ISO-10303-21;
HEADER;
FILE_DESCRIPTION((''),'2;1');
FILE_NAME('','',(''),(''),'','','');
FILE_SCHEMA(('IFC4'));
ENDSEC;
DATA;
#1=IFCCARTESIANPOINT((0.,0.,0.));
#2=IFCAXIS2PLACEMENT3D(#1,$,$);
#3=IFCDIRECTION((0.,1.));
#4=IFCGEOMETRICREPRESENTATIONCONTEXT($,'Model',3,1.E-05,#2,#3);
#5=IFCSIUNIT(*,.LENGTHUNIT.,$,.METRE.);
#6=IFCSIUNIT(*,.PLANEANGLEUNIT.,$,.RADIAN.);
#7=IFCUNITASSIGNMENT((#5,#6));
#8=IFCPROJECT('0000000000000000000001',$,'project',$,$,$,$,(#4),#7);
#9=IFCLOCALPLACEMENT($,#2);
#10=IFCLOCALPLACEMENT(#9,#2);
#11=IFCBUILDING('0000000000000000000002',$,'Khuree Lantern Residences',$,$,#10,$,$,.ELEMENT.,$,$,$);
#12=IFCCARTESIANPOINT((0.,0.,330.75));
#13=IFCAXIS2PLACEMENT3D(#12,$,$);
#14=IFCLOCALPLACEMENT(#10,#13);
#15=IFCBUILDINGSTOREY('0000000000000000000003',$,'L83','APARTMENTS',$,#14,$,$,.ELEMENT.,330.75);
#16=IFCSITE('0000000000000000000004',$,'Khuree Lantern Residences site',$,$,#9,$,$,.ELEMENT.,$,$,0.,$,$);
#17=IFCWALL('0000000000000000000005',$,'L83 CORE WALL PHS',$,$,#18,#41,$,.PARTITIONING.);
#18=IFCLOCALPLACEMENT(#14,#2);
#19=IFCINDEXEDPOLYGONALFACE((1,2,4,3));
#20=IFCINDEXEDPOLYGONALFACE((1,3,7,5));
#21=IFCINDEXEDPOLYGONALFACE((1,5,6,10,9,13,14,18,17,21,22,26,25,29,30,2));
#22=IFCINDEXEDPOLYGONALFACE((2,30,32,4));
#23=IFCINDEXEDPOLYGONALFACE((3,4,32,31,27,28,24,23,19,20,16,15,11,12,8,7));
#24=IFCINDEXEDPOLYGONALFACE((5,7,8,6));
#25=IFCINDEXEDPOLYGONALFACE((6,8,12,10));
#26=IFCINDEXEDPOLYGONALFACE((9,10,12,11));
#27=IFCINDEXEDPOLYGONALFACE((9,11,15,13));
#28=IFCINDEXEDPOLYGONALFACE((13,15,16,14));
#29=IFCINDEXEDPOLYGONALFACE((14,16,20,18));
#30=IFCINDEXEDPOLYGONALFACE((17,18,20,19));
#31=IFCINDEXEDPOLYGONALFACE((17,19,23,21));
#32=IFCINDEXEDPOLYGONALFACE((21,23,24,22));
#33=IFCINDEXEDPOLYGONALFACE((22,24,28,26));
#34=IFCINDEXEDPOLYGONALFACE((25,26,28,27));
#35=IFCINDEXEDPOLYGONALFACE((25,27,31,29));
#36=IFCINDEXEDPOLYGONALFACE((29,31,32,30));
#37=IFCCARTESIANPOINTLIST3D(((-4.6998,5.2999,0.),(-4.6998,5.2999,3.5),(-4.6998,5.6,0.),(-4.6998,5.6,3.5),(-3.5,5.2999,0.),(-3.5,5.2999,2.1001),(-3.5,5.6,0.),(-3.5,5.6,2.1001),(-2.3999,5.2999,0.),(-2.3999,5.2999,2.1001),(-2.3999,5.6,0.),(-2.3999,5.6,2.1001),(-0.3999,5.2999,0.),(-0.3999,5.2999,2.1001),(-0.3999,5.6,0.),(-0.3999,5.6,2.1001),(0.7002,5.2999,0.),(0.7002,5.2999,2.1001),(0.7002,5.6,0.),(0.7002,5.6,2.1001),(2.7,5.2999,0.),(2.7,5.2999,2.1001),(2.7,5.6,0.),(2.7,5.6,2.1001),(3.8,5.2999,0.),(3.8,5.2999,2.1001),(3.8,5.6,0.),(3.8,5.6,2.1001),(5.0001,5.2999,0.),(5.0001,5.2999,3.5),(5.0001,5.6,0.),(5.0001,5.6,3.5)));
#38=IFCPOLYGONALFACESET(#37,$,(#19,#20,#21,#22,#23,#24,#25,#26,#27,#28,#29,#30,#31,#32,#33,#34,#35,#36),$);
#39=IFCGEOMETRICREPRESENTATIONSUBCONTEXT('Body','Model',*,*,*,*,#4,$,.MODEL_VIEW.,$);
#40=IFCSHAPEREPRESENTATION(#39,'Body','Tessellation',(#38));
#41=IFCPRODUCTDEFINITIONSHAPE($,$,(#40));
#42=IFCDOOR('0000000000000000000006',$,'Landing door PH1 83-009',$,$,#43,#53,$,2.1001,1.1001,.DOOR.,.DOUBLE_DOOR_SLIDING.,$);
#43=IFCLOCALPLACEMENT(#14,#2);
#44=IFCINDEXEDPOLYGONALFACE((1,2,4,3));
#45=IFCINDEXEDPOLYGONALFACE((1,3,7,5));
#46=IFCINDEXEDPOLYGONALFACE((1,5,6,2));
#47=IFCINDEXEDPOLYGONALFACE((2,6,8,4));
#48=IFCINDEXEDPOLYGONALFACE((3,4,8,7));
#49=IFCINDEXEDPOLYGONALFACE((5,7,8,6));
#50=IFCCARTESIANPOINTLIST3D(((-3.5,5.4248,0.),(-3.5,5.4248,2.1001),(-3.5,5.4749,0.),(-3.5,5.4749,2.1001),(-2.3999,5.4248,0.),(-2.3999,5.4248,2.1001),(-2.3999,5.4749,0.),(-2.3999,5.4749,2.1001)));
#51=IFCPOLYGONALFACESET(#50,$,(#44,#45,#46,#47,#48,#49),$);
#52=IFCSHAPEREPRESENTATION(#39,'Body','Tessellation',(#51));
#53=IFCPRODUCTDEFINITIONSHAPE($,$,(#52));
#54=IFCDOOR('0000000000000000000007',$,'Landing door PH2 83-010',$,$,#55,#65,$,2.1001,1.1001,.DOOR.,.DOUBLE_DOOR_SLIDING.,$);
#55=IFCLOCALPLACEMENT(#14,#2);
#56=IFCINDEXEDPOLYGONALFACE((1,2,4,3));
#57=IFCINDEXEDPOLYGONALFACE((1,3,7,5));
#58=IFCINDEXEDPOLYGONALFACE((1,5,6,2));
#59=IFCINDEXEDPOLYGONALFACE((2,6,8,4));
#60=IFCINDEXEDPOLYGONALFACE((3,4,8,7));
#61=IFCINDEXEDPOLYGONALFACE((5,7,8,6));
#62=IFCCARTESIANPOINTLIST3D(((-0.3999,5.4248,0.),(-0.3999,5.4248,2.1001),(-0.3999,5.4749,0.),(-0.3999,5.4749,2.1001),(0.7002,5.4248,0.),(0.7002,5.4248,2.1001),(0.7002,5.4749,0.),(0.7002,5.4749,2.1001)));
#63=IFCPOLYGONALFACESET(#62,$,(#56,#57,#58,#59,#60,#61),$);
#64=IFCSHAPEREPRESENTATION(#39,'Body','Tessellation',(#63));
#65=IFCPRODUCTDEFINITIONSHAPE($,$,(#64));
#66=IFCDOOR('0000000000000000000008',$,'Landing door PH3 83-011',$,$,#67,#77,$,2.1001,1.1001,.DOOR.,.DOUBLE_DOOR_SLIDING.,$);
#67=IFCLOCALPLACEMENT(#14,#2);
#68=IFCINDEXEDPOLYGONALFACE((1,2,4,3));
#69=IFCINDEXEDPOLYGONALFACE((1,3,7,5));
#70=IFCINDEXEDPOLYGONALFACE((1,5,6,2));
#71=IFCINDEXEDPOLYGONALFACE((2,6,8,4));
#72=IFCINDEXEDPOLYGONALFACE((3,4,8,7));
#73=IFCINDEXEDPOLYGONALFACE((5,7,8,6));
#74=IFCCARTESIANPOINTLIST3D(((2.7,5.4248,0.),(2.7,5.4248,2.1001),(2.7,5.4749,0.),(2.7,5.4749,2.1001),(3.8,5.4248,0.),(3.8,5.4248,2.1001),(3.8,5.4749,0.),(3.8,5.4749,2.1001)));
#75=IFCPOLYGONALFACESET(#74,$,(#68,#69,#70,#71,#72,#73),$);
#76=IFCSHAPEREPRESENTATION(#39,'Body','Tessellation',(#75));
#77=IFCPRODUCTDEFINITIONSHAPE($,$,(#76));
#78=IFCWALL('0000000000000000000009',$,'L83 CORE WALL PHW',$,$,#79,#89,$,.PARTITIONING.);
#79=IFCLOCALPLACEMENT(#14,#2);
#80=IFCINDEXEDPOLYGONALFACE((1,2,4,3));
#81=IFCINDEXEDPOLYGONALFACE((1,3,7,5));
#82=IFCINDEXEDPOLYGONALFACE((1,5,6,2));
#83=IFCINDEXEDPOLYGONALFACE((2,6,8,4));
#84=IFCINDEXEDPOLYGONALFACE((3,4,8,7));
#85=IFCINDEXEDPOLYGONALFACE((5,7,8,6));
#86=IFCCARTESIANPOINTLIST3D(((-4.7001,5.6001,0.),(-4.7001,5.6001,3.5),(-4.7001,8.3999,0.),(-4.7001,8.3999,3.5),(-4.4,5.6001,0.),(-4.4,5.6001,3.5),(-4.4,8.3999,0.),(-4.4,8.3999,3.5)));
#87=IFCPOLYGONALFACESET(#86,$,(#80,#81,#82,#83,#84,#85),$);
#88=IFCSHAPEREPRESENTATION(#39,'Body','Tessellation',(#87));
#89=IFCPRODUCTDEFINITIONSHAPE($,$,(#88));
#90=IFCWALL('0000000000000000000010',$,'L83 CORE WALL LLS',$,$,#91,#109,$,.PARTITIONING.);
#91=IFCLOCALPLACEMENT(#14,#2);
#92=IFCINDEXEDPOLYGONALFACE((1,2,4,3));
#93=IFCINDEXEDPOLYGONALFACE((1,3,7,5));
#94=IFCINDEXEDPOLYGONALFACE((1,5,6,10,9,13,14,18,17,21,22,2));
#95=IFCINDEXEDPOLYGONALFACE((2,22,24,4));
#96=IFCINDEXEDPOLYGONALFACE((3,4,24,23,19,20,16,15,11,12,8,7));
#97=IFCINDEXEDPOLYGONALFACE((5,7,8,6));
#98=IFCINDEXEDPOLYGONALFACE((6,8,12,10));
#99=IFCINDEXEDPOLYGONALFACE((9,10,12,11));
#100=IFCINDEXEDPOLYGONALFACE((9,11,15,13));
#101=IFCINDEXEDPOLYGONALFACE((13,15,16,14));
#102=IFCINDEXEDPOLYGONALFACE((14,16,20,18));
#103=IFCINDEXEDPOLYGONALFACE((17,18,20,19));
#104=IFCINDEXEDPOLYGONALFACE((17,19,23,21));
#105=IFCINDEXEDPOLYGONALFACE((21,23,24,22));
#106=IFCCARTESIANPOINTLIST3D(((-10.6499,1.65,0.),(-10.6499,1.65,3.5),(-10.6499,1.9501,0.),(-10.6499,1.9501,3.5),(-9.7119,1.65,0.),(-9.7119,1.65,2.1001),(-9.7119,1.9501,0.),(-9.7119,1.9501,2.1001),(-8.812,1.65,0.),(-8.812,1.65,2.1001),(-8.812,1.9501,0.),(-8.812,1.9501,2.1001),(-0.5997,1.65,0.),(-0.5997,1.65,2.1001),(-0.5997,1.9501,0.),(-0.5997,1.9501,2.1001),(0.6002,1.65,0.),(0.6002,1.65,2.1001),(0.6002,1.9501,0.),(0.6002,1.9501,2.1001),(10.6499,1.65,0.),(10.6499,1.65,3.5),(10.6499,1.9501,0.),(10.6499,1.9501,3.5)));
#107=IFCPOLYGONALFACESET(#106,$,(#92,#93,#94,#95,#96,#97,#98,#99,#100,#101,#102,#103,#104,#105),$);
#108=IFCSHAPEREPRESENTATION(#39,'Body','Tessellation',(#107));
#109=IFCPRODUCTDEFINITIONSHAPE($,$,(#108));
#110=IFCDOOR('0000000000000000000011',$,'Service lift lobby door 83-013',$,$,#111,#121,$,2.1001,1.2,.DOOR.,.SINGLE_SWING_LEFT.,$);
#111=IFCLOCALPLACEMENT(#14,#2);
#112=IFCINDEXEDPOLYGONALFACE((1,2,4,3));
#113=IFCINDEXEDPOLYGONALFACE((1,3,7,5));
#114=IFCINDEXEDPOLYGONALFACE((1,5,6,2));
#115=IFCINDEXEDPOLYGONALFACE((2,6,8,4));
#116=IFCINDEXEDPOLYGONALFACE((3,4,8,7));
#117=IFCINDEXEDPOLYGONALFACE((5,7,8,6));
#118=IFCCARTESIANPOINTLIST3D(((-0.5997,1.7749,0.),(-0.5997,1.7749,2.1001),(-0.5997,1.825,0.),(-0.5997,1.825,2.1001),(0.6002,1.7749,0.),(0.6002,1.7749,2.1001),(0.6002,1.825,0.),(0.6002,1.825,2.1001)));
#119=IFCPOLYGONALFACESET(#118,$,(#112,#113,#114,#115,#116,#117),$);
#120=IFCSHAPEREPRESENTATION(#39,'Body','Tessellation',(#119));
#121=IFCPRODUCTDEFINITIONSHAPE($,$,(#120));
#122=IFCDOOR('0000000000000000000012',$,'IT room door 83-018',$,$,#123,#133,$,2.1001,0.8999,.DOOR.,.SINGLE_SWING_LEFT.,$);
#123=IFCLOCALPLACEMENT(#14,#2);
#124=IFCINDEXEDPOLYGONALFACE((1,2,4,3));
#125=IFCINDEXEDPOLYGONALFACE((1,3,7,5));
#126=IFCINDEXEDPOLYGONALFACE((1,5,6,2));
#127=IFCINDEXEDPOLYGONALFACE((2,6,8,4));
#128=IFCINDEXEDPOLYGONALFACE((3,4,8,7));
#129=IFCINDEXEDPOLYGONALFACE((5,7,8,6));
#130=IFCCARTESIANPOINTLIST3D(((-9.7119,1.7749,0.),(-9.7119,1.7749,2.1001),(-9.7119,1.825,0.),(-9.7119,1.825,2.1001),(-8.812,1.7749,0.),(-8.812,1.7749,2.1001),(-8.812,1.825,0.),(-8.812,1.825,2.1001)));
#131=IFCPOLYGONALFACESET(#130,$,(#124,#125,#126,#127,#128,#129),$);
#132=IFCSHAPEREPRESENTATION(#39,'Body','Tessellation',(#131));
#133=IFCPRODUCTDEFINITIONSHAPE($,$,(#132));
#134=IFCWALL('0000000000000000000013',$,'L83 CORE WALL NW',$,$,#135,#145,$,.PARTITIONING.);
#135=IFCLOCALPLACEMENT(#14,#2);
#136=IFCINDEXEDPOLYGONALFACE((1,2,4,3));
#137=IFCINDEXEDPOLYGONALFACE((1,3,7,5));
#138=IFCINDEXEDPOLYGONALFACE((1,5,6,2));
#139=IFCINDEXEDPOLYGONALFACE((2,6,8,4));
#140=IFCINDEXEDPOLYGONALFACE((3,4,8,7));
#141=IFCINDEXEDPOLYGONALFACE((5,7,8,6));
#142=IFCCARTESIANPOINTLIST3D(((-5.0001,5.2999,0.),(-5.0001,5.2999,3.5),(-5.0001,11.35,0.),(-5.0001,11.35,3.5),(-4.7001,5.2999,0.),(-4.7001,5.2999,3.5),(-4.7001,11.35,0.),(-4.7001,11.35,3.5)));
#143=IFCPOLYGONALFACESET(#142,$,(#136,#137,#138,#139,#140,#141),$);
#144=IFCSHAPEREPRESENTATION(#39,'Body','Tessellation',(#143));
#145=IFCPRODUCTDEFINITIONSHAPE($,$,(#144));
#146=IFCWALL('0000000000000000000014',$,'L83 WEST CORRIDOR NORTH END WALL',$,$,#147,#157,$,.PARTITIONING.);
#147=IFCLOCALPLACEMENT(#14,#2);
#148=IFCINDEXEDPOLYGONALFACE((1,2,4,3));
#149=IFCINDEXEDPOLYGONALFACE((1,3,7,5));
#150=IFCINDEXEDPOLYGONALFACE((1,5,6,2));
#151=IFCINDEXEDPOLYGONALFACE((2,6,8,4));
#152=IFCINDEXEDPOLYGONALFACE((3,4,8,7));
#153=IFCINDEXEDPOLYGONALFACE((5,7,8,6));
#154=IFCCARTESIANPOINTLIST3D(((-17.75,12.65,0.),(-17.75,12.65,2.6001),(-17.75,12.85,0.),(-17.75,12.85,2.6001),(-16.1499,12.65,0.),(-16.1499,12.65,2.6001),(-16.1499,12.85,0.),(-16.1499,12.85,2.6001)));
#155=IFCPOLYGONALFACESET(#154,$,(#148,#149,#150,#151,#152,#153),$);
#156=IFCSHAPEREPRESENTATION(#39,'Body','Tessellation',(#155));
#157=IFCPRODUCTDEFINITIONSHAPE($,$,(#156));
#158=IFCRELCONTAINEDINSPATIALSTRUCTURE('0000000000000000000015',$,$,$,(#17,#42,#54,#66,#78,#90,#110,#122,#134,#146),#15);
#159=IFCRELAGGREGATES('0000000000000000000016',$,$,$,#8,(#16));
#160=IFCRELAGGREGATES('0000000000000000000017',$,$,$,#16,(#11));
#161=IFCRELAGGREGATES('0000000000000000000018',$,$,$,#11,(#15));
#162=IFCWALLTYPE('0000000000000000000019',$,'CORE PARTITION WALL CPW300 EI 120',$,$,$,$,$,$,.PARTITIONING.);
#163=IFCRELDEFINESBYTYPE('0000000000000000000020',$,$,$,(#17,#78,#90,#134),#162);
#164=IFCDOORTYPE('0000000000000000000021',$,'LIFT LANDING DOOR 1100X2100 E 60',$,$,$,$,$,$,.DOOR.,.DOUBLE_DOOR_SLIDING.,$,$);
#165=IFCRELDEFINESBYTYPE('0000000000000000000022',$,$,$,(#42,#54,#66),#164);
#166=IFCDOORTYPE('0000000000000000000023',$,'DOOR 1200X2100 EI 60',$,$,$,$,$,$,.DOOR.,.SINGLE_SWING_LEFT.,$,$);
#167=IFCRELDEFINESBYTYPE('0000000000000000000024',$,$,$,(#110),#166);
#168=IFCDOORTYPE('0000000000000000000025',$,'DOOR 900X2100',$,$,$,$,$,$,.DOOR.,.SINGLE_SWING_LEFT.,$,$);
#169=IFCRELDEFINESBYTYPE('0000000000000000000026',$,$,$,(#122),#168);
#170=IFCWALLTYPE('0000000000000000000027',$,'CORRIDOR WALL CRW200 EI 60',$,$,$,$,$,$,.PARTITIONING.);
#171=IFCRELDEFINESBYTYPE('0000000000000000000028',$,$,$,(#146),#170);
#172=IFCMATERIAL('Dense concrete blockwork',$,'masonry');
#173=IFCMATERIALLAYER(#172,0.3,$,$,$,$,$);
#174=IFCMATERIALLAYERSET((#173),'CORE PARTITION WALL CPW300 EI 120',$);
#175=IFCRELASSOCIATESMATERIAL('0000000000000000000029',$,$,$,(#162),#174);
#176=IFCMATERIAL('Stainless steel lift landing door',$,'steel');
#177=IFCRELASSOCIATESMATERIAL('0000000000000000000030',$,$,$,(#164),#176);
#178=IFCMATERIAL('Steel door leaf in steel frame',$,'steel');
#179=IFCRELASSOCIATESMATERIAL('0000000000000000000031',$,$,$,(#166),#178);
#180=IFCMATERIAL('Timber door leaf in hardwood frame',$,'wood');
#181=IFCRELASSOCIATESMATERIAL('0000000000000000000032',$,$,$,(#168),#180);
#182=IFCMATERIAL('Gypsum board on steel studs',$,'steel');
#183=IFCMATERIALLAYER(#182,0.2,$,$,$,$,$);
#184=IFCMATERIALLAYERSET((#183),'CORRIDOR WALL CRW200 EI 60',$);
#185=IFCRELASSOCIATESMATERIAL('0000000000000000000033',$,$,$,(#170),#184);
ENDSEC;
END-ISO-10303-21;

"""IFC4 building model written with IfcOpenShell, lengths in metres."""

from ifc_helpers import new_model, si_unit, direction, frame, frame_2d, origin, place, context, subcontext, project, spatial, rectangle, extrude, material, layer, layer_set, type_object, element, fill, save


model = new_model("IFC4")

# Units and contexts
model_context = context("Model", 3, precision=1e-05, world=origin(), true_north=direction((0.0, 1.0)))
body_context = subcontext(model_context, "Body", "Model", "MODEL_VIEW")
ifc_project = project(units=[si_unit("LENGTHUNIT", "METRE"), si_unit("PLANEANGLEUNIT", "RADIAN")], contexts=[model_context])

# Site, building, storey
site_placement = place(None, origin())
site = spatial("IfcSite", under=ifc_project, at=site_placement, Name="Khuree Lantern Residences site", CompositionType="ELEMENT", RefElevation=0.0)
building_placement = place(site_placement, origin())
building = spatial("IfcBuilding", under=site, at=building_placement, Name="Khuree Lantern Residences", CompositionType="ELEMENT")
storey_placement = place(building_placement, frame((0.0, 0.0, 330.75)))
storey = spatial("IfcBuildingStorey", under=building, at=storey_placement, Name="L83", Description="APARTMENTS", CompositionType="ELEMENT", Elevation=330.75)

# Wall, openings, doors
ifc_material_1 = material(Name="Dense concrete blockwork", Category="masonry")
ifc_layer_1 = layer(ifc_material_1, 0.3)
ifc_layer_set_1 = layer_set([ifc_layer_1], Name="CORE PARTITION WALL CPW300 EI 120")
wall_type_1 = type_object("IfcWallType", Name="CORE PARTITION WALL CPW300 EI 120", PredefinedType="PARTITIONING", material=ifc_layer_set_1)
wall_1_placement = place(storey_placement, frame((-4.7, 5.45, 0.0), z_axis=(0.0, 0.0, 1.0), x_axis=(1.0, 0.0, 0.0)))
wall_1 = element("IfcWall", 1, at=wall_1_placement, inside=storey, type_object=wall_type_1, Name="L83 CORE WALL PHS", PredefinedType="PARTITIONING", context=body_context, shape_type="SweptSolid", body=[
    extrude(rectangle(XDim=9.7, YDim=0.3, at=frame_2d((4.8501, 0.0))), origin(), (0.0, 0.0, 1.0), 3.5),
])
opening_1_placement = place(wall_1_placement, frame((1.2, 0.0, 0.0)))
opening_1 = element("IfcOpeningElement", 2, at=opening_1_placement, cuts=wall_1, PredefinedType="OPENING", context=body_context, shape_type="SweptSolid", body=[
    extrude(rectangle(XDim=1.1001, YDim=2.1001, at=frame_2d((0.55, 1.05))), frame((0.0, 0.1602, 0.0), z_axis=(0.0, -1.0, 0.0), x_axis=(1.0, 0.0, 0.0)), (0.0, 0.0, 1.0), 0.3201),
])
opening_2_placement = place(wall_1_placement, frame((4.3, 0.0, 0.0)))
opening_2 = element("IfcOpeningElement", 3, at=opening_2_placement, cuts=wall_1, PredefinedType="OPENING", context=body_context, shape_type="SweptSolid", body=[
    extrude(rectangle(XDim=1.1001, YDim=2.1001, at=frame_2d((0.55, 1.05))), frame((0.0, 0.1602, 0.0), z_axis=(0.0, -1.0, 0.0), x_axis=(1.0, 0.0, 0.0)), (0.0, 0.0, 1.0), 0.3201),
])
opening_3_placement = place(wall_1_placement, frame((7.3999, 0.0, 0.0)))
opening_3 = element("IfcOpeningElement", 4, at=opening_3_placement, cuts=wall_1, PredefinedType="OPENING", context=body_context, shape_type="SweptSolid", body=[
    extrude(rectangle(XDim=1.1001, YDim=2.1001, at=frame_2d((0.55, 1.05))), frame((0.0, 0.1602, 0.0), z_axis=(0.0, -1.0, 0.0), x_axis=(1.0, 0.0, 0.0)), (0.0, 0.0, 1.0), 0.3201),
])
ifc_material_2 = material(Name="Stainless steel lift landing door", Category="steel")
door_type_1 = type_object("IfcDoorType", Name="LIFT LANDING DOOR 1100X2100 E 60", OperationType="DOUBLE_DOOR_SLIDING", PredefinedType="DOOR", material=ifc_material_2)
door_1_placement = place(opening_1_placement, origin())
door_1 = element("IfcDoor", 5, at=door_1_placement, inside=storey, type_object=door_type_1, Name="Landing door PH1 83-009", OperationType="DOUBLE_DOOR_SLIDING", OverallHeight=2.1001, OverallWidth=1.1001, PredefinedType="DOOR", context=body_context, shape_type="SweptSolid", body=[
    extrude(rectangle(XDim=1.1001, YDim=2.1001, at=frame_2d((0.55, 1.05))), frame((0.0, 0.0249, 0.0), z_axis=(0.0, -1.0, 0.0), x_axis=(1.0, 0.0, 0.0)), (0.0, 0.0, 1.0), 0.05),
])
fill(opening_1, door_1)
door_2_placement = place(opening_2_placement, origin())
door_2 = element("IfcDoor", 6, at=door_2_placement, inside=storey, type_object=door_type_1, Name="Landing door PH2 83-010", OperationType="DOUBLE_DOOR_SLIDING", OverallHeight=2.1001, OverallWidth=1.1001, PredefinedType="DOOR", context=body_context, shape_type="SweptSolid", body=[
    extrude(rectangle(XDim=1.1001, YDim=2.1001, at=frame_2d((0.55, 1.05))), frame((0.0, 0.0249, 0.0), z_axis=(0.0, -1.0, 0.0), x_axis=(1.0, 0.0, 0.0)), (0.0, 0.0, 1.0), 0.05),
])
fill(opening_2, door_2)
door_3_placement = place(opening_3_placement, origin())
door_3 = element("IfcDoor", 7, at=door_3_placement, inside=storey, type_object=door_type_1, Name="Landing door PH3 83-011", OperationType="DOUBLE_DOOR_SLIDING", OverallHeight=2.1001, OverallWidth=1.1001, PredefinedType="DOOR", context=body_context, shape_type="SweptSolid", body=[
    extrude(rectangle(XDim=1.1001, YDim=2.1001, at=frame_2d((0.55, 1.05))), frame((0.0, 0.0249, 0.0), z_axis=(0.0, -1.0, 0.0), x_axis=(1.0, 0.0, 0.0)), (0.0, 0.0, 1.0), 0.05),
])
fill(opening_3, door_3)

# Wall
wall_2_placement = place(storey_placement, frame((-4.55, 5.6001, 0.0), z_axis=(0.0, 0.0, 1.0), x_axis=(0.0, 1.0, 0.0)))
element("IfcWall", 8, at=wall_2_placement, inside=storey, type_object=wall_type_1, Name="L83 CORE WALL PHW", PredefinedType="PARTITIONING", context=body_context, shape_type="SweptSolid", body=[
    extrude(rectangle(XDim=2.7998, YDim=0.3, at=frame_2d((1.3999, 0.0))), origin(), (0.0, 0.0, 1.0), 3.5),
])

# Wall, openings, doors
wall_3_placement = place(storey_placement, frame((-10.6499, 1.8, 0.0), z_axis=(0.0, 0.0, 1.0), x_axis=(1.0, 0.0, 0.0)))
wall_3 = element("IfcWall", 9, at=wall_3_placement, inside=storey, type_object=wall_type_1, Name="L83 CORE WALL LLS", PredefinedType="PARTITIONING", context=body_context, shape_type="SweptSolid", body=[
    extrude(rectangle(XDim=21.2998, YDim=0.3, at=frame_2d((10.6499, 0.0))), origin(), (0.0, 0.0, 1.0), 3.5),
])
opening_4_placement = place(wall_3_placement, frame((10.05, 0.0, 0.0)))
opening_4 = element("IfcOpeningElement", 10, at=opening_4_placement, cuts=wall_3, PredefinedType="OPENING", context=body_context, shape_type="SweptSolid", body=[
    extrude(rectangle(XDim=1.2, YDim=2.1001, at=frame_2d((0.6001, 1.05))), frame((0.0, 0.1602, 0.0), z_axis=(0.0, -1.0, 0.0), x_axis=(1.0, 0.0, 0.0)), (0.0, 0.0, 1.0), 0.3201),
])
opening_5_placement = place(wall_3_placement, frame((0.938, 0.0, 0.0)))
opening_5 = element("IfcOpeningElement", 11, at=opening_5_placement, cuts=wall_3, PredefinedType="OPENING", context=body_context, shape_type="SweptSolid", body=[
    extrude(rectangle(XDim=0.8999, YDim=2.1001, at=frame_2d((0.45, 1.05))), frame((0.0, 0.1602, 0.0), z_axis=(0.0, -1.0, 0.0), x_axis=(1.0, 0.0, 0.0)), (0.0, 0.0, 1.0), 0.3201),
])
ifc_material_3 = material(Name="Steel door leaf in steel frame", Category="steel")
door_type_2 = type_object("IfcDoorType", Name="DOOR 1200X2100 EI 60", OperationType="SINGLE_SWING_LEFT", PredefinedType="DOOR", material=ifc_material_3)
door_4_placement = place(opening_4_placement, origin())
door_4 = element("IfcDoor", 12, at=door_4_placement, inside=storey, type_object=door_type_2, Name="Service lift lobby door 83-013", OperationType="SINGLE_SWING_LEFT", OverallHeight=2.1001, OverallWidth=1.2, PredefinedType="DOOR", context=body_context, shape_type="SweptSolid", body=[
    extrude(rectangle(XDim=1.2, YDim=2.1001, at=frame_2d((0.6001, 1.05))), frame((0.0, 0.0249, 0.0), z_axis=(0.0, -1.0, 0.0), x_axis=(1.0, 0.0, 0.0)), (0.0, 0.0, 1.0), 0.05),
])
fill(opening_4, door_4)
ifc_material_4 = material(Name="Timber door leaf in hardwood frame", Category="wood")
door_type_3 = type_object("IfcDoorType", Name="DOOR 900X2100", OperationType="SINGLE_SWING_LEFT", PredefinedType="DOOR", material=ifc_material_4)
door_5_placement = place(opening_5_placement, origin())
door_5 = element("IfcDoor", 13, at=door_5_placement, inside=storey, type_object=door_type_3, Name="IT room door 83-018", OperationType="SINGLE_SWING_LEFT", OverallHeight=2.1001, OverallWidth=0.8999, PredefinedType="DOOR", context=body_context, shape_type="SweptSolid", body=[
    extrude(rectangle(XDim=0.8999, YDim=2.1001, at=frame_2d((0.45, 1.05))), frame((0.0, 0.0249, 0.0), z_axis=(0.0, -1.0, 0.0), x_axis=(1.0, 0.0, 0.0)), (0.0, 0.0, 1.0), 0.05),
])
fill(opening_5, door_5)

# Walls
wall_4_placement = place(storey_placement, frame((-4.8501, 5.3, 0.0), z_axis=(0.0, 0.0, 1.0), x_axis=(0.0, 1.0, 0.0)))
element("IfcWall", 14, at=wall_4_placement, inside=storey, type_object=wall_type_1, Name="L83 CORE WALL NW", PredefinedType="PARTITIONING", context=body_context, shape_type="SweptSolid", body=[
    extrude(rectangle(XDim=6.05, YDim=0.3, at=frame_2d((3.0249, 0.0))), origin(), (0.0, 0.0, 1.0), 3.5),
])
ifc_material_5 = material(Name="Gypsum board on steel studs", Category="steel")
ifc_layer_2 = layer(ifc_material_5, 0.2)
ifc_layer_set_2 = layer_set([ifc_layer_2], Name="CORRIDOR WALL CRW200 EI 60")
wall_type_2 = type_object("IfcWallType", Name="CORRIDOR WALL CRW200 EI 60", PredefinedType="PARTITIONING", material=ifc_layer_set_2)
wall_5_placement = place(storey_placement, frame((-16.1499, 12.75, 0.0), z_axis=(0.0, 0.0, 1.0), x_axis=(-1.0, 0.0, 0.0)))
element("IfcWall", 15, at=wall_5_placement, inside=storey, type_object=wall_type_2, Name="L83 WEST CORRIDOR NORTH END WALL", PredefinedType="PARTITIONING", context=body_context, shape_type="SweptSolid", body=[
    extrude(rectangle(XDim=1.6001, YDim=0.2, at=frame_2d((0.8, 0.0))), origin(), (0.0, 0.0, 1.0), 2.6001),
])

save(model, "model.ifc")
